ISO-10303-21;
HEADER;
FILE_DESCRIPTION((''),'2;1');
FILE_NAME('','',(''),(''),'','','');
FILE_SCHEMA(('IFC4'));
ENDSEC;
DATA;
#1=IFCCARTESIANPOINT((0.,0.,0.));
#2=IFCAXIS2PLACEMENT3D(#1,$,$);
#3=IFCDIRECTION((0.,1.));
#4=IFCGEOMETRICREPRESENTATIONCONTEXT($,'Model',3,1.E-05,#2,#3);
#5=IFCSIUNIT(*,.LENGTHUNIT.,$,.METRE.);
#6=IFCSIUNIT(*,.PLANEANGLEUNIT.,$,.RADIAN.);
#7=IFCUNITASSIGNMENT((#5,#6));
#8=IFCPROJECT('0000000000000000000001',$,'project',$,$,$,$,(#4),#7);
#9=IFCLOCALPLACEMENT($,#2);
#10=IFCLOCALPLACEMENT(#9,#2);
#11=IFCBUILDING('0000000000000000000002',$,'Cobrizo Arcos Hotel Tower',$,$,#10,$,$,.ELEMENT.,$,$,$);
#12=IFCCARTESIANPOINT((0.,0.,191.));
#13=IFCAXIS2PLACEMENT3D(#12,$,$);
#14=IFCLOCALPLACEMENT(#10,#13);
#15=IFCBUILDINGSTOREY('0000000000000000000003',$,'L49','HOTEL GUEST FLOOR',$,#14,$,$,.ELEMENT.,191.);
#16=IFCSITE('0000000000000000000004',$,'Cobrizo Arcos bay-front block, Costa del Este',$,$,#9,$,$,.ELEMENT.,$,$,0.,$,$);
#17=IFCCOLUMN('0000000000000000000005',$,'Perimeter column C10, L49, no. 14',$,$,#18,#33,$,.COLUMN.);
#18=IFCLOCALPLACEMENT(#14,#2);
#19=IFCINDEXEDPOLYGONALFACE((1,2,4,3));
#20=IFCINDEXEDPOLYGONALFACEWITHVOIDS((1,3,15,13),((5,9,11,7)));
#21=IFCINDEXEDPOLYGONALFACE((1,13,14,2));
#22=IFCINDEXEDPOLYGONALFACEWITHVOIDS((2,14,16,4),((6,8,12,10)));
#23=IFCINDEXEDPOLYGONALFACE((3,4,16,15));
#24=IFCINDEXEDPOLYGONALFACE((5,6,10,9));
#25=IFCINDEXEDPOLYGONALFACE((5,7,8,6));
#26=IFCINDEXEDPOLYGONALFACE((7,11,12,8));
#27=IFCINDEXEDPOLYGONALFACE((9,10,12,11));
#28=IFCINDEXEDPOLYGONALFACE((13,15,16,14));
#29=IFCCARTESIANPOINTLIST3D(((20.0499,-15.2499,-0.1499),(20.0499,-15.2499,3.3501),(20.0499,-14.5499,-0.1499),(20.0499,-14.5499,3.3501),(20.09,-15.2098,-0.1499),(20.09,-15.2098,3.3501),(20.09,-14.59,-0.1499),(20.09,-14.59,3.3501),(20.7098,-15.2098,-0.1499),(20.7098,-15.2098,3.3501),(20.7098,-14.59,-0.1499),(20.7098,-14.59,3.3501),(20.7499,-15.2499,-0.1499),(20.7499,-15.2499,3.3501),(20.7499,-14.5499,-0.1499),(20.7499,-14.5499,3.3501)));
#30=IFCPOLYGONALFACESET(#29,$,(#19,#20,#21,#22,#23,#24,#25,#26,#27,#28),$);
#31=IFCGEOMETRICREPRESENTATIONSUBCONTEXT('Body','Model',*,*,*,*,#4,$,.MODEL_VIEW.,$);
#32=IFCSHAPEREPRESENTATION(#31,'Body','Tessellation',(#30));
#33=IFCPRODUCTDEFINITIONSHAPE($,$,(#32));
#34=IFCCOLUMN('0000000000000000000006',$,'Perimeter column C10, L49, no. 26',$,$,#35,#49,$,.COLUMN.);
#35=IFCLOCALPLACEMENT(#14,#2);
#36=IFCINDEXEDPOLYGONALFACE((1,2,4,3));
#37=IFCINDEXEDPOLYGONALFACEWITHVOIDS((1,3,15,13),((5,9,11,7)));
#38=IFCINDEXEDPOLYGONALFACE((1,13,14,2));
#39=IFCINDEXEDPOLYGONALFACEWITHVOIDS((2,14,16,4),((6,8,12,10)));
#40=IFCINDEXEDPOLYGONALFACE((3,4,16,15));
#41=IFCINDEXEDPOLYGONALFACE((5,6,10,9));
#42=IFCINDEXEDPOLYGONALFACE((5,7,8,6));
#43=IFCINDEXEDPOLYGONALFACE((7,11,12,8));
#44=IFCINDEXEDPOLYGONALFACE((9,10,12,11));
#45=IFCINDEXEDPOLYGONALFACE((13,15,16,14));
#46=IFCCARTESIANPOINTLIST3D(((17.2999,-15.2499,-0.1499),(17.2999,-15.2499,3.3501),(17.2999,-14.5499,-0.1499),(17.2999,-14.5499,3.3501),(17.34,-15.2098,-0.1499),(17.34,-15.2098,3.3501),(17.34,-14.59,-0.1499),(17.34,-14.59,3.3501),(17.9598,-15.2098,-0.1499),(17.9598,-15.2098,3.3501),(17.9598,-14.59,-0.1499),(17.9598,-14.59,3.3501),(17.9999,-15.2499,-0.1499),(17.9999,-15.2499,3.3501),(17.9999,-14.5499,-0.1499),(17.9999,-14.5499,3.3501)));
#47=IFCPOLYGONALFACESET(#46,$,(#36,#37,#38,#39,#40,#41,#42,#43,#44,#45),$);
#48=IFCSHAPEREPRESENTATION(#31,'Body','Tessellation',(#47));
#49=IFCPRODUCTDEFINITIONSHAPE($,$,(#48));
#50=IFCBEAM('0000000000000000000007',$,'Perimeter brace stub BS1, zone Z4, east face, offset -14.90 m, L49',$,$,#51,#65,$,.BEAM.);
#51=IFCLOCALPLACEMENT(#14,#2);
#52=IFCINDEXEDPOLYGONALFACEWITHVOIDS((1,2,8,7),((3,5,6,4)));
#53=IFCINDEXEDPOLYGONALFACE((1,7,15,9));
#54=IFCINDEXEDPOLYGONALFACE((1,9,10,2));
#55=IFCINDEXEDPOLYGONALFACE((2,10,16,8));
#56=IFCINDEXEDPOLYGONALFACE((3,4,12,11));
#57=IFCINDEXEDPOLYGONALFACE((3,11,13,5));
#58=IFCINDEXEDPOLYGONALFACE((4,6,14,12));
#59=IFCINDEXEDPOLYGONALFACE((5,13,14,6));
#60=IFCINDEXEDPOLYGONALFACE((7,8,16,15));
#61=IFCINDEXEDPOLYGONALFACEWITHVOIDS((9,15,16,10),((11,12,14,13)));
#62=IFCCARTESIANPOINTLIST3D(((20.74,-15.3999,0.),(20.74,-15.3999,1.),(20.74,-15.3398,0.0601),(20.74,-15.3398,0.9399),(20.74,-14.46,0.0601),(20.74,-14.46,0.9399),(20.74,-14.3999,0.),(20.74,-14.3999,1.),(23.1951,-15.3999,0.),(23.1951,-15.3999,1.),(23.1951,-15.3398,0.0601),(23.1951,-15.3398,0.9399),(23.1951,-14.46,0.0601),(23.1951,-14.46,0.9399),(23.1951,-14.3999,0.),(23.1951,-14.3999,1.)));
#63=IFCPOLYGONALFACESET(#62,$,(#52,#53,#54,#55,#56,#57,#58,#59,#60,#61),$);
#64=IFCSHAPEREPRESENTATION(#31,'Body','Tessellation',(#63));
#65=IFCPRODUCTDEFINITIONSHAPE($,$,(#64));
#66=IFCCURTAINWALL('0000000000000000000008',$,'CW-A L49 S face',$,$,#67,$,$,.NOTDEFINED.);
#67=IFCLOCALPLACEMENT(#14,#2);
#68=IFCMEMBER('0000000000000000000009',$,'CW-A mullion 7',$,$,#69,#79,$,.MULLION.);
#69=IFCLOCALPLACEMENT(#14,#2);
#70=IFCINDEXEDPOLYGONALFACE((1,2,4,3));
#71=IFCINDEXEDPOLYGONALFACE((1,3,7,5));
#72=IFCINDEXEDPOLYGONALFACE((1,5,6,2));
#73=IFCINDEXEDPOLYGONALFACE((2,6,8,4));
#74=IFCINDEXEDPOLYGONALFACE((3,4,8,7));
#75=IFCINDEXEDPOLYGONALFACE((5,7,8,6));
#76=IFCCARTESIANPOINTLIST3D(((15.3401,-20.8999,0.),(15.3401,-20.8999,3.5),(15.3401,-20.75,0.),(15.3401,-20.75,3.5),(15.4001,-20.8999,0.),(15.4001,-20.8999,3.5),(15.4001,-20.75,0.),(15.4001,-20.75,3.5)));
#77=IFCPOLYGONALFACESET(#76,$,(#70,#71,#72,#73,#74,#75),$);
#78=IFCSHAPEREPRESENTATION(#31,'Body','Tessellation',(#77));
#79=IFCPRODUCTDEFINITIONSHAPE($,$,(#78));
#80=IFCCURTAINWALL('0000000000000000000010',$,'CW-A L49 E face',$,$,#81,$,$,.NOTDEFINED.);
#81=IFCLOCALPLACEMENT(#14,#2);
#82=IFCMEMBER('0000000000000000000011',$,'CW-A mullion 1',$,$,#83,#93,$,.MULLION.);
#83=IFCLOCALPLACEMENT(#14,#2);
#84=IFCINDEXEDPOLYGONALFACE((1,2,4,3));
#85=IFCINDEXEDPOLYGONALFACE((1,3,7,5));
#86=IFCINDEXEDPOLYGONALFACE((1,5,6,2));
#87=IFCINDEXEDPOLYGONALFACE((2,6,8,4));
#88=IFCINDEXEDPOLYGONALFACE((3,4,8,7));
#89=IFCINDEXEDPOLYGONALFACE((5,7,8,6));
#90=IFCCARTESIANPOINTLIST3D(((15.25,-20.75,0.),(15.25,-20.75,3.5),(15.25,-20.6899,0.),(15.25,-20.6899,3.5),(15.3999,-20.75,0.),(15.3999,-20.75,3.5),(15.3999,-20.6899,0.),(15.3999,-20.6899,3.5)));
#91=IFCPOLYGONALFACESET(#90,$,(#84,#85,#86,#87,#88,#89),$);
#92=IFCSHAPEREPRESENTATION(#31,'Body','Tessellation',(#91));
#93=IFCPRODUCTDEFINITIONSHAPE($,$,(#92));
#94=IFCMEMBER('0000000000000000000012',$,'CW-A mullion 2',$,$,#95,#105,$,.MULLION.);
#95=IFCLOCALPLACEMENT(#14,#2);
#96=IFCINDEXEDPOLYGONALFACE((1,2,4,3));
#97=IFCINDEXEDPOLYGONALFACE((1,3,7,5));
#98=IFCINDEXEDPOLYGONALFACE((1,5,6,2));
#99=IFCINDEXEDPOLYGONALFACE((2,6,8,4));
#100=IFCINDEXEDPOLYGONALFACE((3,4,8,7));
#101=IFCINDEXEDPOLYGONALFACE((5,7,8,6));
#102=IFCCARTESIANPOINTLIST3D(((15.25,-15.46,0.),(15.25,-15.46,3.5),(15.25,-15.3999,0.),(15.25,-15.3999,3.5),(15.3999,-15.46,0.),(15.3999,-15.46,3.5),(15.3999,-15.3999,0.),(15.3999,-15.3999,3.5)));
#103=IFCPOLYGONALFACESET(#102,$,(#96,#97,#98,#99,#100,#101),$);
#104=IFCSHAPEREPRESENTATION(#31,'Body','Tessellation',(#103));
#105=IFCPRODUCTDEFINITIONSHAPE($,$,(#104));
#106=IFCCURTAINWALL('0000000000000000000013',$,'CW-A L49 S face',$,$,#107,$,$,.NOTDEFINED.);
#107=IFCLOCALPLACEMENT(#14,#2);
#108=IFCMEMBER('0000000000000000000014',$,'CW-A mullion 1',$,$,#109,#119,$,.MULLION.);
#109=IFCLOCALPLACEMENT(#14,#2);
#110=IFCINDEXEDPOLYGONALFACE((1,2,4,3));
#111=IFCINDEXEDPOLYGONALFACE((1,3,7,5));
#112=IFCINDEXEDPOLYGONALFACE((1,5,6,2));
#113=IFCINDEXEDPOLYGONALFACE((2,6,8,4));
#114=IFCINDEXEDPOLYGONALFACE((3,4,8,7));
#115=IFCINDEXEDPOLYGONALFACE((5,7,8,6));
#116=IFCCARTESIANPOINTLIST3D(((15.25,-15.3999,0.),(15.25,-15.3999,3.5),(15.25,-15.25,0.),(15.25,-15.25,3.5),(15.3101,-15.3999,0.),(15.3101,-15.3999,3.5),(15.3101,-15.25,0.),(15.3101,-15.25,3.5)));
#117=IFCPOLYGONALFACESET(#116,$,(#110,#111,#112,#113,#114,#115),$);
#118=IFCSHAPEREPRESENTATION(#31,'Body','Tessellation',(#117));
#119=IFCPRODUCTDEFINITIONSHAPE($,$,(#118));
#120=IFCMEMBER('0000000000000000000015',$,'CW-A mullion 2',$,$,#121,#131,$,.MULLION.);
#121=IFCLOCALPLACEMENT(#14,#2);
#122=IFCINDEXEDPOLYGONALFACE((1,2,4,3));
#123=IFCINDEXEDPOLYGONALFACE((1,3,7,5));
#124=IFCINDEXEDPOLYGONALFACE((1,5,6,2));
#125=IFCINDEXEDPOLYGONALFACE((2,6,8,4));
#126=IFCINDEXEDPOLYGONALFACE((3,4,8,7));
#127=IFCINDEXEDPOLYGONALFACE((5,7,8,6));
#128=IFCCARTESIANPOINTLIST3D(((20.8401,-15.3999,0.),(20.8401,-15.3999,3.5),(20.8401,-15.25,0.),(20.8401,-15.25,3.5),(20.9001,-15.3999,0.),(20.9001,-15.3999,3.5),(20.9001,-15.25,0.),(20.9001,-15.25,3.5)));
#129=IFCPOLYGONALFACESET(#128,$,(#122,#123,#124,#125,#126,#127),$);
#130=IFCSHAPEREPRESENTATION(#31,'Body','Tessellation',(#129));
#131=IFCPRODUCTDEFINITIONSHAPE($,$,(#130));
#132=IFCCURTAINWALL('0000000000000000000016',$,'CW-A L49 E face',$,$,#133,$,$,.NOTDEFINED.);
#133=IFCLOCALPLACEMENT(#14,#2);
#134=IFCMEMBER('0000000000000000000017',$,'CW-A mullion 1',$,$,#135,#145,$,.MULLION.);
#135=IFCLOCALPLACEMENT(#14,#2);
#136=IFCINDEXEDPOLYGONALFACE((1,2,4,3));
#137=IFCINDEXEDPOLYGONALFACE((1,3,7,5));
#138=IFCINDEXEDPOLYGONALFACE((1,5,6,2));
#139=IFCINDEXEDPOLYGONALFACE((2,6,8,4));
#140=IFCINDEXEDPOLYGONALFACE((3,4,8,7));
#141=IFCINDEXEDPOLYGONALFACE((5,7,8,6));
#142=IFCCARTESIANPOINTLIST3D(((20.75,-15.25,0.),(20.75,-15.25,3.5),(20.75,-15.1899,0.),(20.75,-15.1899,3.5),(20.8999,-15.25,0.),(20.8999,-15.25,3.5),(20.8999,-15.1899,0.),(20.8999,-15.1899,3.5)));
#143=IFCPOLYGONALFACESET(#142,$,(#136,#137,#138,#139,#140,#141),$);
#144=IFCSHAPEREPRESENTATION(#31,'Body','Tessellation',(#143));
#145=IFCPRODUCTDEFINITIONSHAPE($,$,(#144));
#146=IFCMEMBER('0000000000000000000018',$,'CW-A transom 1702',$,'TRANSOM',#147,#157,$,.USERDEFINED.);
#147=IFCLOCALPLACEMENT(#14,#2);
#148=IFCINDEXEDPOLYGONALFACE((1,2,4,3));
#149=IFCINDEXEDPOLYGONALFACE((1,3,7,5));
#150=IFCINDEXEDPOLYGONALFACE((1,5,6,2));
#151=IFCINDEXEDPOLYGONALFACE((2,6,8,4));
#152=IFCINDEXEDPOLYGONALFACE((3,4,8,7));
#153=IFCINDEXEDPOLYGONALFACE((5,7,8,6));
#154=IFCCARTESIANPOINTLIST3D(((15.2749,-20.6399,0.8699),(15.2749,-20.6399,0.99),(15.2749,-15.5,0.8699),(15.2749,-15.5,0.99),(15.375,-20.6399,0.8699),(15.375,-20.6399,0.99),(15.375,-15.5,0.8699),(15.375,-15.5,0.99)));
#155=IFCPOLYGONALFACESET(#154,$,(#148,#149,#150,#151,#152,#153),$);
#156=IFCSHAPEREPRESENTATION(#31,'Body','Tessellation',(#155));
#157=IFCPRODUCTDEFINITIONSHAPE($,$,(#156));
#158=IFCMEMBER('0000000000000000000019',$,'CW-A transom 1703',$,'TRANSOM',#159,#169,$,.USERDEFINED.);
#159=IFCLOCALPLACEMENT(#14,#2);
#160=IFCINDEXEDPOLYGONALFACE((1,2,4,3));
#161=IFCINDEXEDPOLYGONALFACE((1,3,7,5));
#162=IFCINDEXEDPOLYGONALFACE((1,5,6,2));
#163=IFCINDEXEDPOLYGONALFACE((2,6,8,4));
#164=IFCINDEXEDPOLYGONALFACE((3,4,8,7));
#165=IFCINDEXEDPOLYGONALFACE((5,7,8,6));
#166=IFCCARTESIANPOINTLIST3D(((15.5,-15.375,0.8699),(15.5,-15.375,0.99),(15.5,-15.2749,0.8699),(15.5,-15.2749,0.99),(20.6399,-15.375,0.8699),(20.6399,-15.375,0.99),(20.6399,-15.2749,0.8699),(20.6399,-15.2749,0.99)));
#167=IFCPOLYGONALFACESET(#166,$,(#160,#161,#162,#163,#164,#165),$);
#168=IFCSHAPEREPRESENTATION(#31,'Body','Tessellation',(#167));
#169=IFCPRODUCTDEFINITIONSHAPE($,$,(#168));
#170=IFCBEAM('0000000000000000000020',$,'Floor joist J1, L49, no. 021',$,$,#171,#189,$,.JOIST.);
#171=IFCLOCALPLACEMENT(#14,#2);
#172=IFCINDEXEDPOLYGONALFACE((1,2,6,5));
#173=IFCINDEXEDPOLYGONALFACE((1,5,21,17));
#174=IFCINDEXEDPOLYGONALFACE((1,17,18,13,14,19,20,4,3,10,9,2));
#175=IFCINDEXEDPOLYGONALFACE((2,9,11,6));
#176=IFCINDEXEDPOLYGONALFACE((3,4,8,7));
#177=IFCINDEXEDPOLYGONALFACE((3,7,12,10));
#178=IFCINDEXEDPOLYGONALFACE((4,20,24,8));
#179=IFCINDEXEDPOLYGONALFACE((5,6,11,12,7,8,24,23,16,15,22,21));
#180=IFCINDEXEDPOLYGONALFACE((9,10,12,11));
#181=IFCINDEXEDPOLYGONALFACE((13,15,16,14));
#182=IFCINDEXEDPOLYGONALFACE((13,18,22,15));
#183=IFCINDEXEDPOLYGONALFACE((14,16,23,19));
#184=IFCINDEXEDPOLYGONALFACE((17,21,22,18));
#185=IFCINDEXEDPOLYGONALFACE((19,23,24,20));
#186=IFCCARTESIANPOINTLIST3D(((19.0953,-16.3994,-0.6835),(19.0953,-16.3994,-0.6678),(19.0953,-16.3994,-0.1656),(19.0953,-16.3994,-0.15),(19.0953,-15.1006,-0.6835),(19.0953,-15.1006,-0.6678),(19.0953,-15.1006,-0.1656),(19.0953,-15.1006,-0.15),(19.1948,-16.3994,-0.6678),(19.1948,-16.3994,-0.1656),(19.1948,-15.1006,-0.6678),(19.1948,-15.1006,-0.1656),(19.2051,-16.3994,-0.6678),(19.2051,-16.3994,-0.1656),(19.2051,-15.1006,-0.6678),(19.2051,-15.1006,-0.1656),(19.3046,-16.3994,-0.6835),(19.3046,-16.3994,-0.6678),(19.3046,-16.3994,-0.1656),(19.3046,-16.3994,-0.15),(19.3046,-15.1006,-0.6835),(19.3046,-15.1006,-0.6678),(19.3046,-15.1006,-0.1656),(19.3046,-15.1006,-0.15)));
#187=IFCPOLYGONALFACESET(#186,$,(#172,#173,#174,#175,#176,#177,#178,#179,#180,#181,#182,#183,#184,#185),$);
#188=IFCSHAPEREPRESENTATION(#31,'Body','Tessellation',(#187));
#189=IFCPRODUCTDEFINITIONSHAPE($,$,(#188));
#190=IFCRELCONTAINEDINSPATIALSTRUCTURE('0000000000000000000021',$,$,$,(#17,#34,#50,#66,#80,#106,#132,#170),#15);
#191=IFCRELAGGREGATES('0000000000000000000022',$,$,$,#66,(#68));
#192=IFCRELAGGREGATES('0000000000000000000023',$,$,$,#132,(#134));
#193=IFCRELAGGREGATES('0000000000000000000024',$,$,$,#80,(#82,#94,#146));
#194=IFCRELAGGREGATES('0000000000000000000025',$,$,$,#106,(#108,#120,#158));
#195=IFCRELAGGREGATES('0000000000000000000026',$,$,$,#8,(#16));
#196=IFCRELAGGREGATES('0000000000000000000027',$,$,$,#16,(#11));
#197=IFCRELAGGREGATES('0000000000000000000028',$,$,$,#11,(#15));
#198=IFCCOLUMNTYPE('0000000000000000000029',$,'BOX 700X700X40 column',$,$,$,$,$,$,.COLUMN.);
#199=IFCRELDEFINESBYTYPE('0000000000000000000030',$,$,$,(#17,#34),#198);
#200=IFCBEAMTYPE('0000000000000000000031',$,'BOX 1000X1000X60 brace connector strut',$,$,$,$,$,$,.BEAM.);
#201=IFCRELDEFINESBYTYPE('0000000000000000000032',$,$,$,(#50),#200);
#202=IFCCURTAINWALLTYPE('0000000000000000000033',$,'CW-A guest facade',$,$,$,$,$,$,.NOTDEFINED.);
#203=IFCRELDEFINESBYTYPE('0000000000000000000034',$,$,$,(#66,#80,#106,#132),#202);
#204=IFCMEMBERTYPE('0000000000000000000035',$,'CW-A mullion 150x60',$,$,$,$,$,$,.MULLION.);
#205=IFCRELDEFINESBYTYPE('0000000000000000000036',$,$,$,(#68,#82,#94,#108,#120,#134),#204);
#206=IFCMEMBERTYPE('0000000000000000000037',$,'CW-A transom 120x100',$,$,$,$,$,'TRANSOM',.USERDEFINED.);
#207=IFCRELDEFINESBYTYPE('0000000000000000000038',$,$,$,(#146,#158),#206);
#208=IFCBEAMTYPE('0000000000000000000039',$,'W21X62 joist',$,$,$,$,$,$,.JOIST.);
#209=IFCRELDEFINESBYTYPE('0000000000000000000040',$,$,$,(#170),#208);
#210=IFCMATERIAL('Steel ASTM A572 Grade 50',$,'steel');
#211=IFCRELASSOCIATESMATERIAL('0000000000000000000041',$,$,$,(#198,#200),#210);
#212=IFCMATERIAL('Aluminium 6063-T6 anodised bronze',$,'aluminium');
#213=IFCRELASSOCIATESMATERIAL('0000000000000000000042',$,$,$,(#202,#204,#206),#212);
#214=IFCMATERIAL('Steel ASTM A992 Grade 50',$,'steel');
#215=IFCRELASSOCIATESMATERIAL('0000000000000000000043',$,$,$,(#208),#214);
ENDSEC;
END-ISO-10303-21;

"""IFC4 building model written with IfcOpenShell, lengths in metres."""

from ifc_helpers import new_model, si_unit, direction, frame, origin, origin_2d, place, context, subcontext, project, spatial, rectangle, hollow_rectangle, i_section, extrude, material, material_profile, profile_set, type_object, element, aggregate, save


model = new_model("IFC4")

# Units and contexts
model_context = context("Model", 3, precision=1e-05, world=origin(), true_north=direction((0.0, 1.0)))
body_context = subcontext(model_context, "Body", "Model", "MODEL_VIEW")
ifc_project = project(units=[si_unit("LENGTHUNIT", "METRE"), si_unit("PLANEANGLEUNIT", "RADIAN")], contexts=[model_context])

# Site, building, storey
site_placement = place(None, origin())
site = spatial("IfcSite", under=ifc_project, at=site_placement, Name="Cobrizo Arcos bay-front block, Costa del Este", CompositionType="ELEMENT", RefElevation=0.0)
building_placement = place(site_placement, origin())
building = spatial("IfcBuilding", under=site, at=building_placement, Name="Cobrizo Arcos Hotel Tower", CompositionType="ELEMENT")
storey_placement = place(building_placement, frame((0.0, 0.0, 191.0)))
storey = spatial("IfcBuildingStorey", under=building, at=storey_placement, Name="L49", Description="HOTEL GUEST FLOOR", CompositionType="ELEMENT", Elevation=191.0)

# Columns
ifc_material_1 = material(Name="Steel ASTM A572 Grade 50", Category="steel")
ifc_material_profile_1 = material_profile(ifc_material_1, hollow_rectangle(XDim=0.7, YDim=0.7, WallThickness=0.04, at=origin_2d()), Name="BOX 700X700X40")
ifc_profile_set_1 = profile_set([ifc_material_profile_1], Name="Steel ASTM A572 Grade 50")
column_type = type_object("IfcColumnType", Name="BOX 700X700X40 column", PredefinedType="COLUMN", material=ifc_profile_set_1)
for number, where, z_axis, x_axis, name in (
    (1, (20.3999, -14.8999, -0.1499), (0.0, 0.0, 1.0), (1.0, 0.0, 0.0), "Perimeter column C10, L49, no. 14"),
    (2, (17.6499, -14.8999, -0.1499), (0.0, 0.0, 1.0), (1.0, 0.0, 0.0), "Perimeter column C10, L49, no. 26"),
):
    element("IfcColumn", number, at=place(storey_placement, frame(where, z_axis=z_axis, x_axis=x_axis)), inside=storey, type_object=column_type, Name=name, PredefinedType="COLUMN", context=body_context, shape_type="SweptSolid", body=[
        extrude(hollow_rectangle(XDim=0.7, YDim=0.7, WallThickness=0.04, at=origin_2d()), origin(), (0.0, 0.0, 1.0), 3.5),
    ])

# Beam
ifc_material_profile_2 = material_profile(ifc_material_1, hollow_rectangle(XDim=1.0, YDim=1.0, WallThickness=0.0601, at=origin_2d()), Name="BOX 1000X1000X60")
ifc_profile_set_2 = profile_set([ifc_material_profile_2], Name="Steel ASTM A572 Grade 50")
beam_type_1 = type_object("IfcBeamType", Name="BOX 1000X1000X60 brace connector strut", PredefinedType="BEAM", material=ifc_profile_set_2)
beam_1_placement = place(storey_placement, frame((20.74, -14.8999, 0.5), z_axis=(1.0, 0.0, 0.0), x_axis=(0.0, 1.0, 0.0)))
element("IfcBeam", 3, at=beam_1_placement, inside=storey, type_object=beam_type_1, Name="Perimeter brace stub BS1, zone Z4, east face, offset -14.90 m, L49", PredefinedType="BEAM", context=body_context, shape_type="SweptSolid", body=[
    extrude(hollow_rectangle(XDim=1.0, YDim=1.0, WallThickness=0.0601, at=origin_2d()), origin(), (0.0, 0.0, 1.0), 2.4551),
])

# Curtain wall, member
ifc_material_2 = material(Name="Aluminium 6063-T6 anodised bronze", Category="aluminium")
curtain_wall_type = type_object("IfcCurtainWallType", Name="CW-A guest facade", PredefinedType="NOTDEFINED", material=ifc_material_2)
curtain_wall_1_placement = place(storey_placement, origin())
curtain_wall_1 = element("IfcCurtainWall", 4, at=curtain_wall_1_placement, inside=storey, type_object=curtain_wall_type, Name="CW-A L49 S face", PredefinedType="NOTDEFINED")
ifc_material_profile_3 = material_profile(ifc_material_2, rectangle(XDim=0.1499, YDim=0.0601, at=origin_2d()), Name="CW-A mullion 150x60")
ifc_profile_set_3 = profile_set([ifc_material_profile_3], Name="Aluminium 6063-T6 anodised bronze")
member_type_1 = type_object("IfcMemberType", Name="CW-A mullion 150x60", PredefinedType="MULLION", material=ifc_profile_set_3)
member_1_placement = place(storey_placement, frame((15.3701, -20.825, 0.0), z_axis=(0.0, 0.0, 1.0), x_axis=(0.0, -1.0, 0.0)))
member_1 = element("IfcMember", 5, at=member_1_placement, type_object=member_type_1, Name="CW-A mullion 7", PredefinedType="MULLION", context=body_context, shape_type="SweptSolid", body=[
    extrude(rectangle(XDim=0.1499, YDim=0.0601, at=origin_2d()), origin(), (0.0, 0.0, 1.0), 3.5),
])
aggregate(curtain_wall_1, [member_1])

# Curtain walls, members
curtain_wall_2_placement = place(storey_placement, origin())
curtain_wall_2 = element("IfcCurtainWall", 6, at=curtain_wall_2_placement, inside=storey, type_object=curtain_wall_type, Name="CW-A L49 E face", PredefinedType="NOTDEFINED")
member_2_placement = place(storey_placement, frame((15.325, -20.72, 0.0), z_axis=(0.0, 0.0, 1.0), x_axis=(1.0, 0.0, 0.0)))
member_2 = element("IfcMember", 7, at=member_2_placement, type_object=member_type_1, Name="CW-A mullion 1", PredefinedType="MULLION", context=body_context, shape_type="SweptSolid", body=[
    extrude(rectangle(XDim=0.1499, YDim=0.0601, at=origin_2d()), origin(), (0.0, 0.0, 1.0), 3.5),
])
member_3_placement = place(storey_placement, frame((15.325, -15.4299, 0.0), z_axis=(0.0, 0.0, 1.0), x_axis=(1.0, 0.0, 0.0)))
member_3 = element("IfcMember", 8, at=member_3_placement, type_object=member_type_1, Name="CW-A mullion 2", PredefinedType="MULLION", context=body_context, shape_type="SweptSolid", body=[
    extrude(rectangle(XDim=0.1499, YDim=0.0601, at=origin_2d()), origin(), (0.0, 0.0, 1.0), 3.5),
])
curtain_wall_3_placement = place(storey_placement, origin())
curtain_wall_3 = element("IfcCurtainWall", 9, at=curtain_wall_3_placement, inside=storey, type_object=curtain_wall_type, Name="CW-A L49 S face", PredefinedType="NOTDEFINED")
member_4_placement = place(storey_placement, frame((15.28, -15.325, 0.0), z_axis=(0.0, 0.0, 1.0), x_axis=(0.0, -1.0, 0.0)))
member_4 = element("IfcMember", 10, at=member_4_placement, type_object=member_type_1, Name="CW-A mullion 1", PredefinedType="MULLION", context=body_context, shape_type="SweptSolid", body=[
    extrude(rectangle(XDim=0.1499, YDim=0.0601, at=origin_2d()), origin(), (0.0, 0.0, 1.0), 3.5),
])
member_5_placement = place(storey_placement, frame((20.8701, -15.325, 0.0), z_axis=(0.0, 0.0, 1.0), x_axis=(0.0, -1.0, 0.0)))
member_5 = element("IfcMember", 11, at=member_5_placement, type_object=member_type_1, Name="CW-A mullion 2", PredefinedType="MULLION", context=body_context, shape_type="SweptSolid", body=[
    extrude(rectangle(XDim=0.1499, YDim=0.0601, at=origin_2d()), origin(), (0.0, 0.0, 1.0), 3.5),
])

# Curtain wall, member
curtain_wall_4_placement = place(storey_placement, origin())
curtain_wall_4 = element("IfcCurtainWall", 12, at=curtain_wall_4_placement, inside=storey, type_object=curtain_wall_type, Name="CW-A L49 E face", PredefinedType="NOTDEFINED")
member_6_placement = place(storey_placement, frame((20.825, -15.22, 0.0), z_axis=(0.0, 0.0, 1.0), x_axis=(1.0, 0.0, 0.0)))
member_6 = element("IfcMember", 13, at=member_6_placement, type_object=member_type_1, Name="CW-A mullion 1", PredefinedType="MULLION", context=body_context, shape_type="SweptSolid", body=[
    extrude(rectangle(XDim=0.1499, YDim=0.0601, at=origin_2d()), origin(), (0.0, 0.0, 1.0), 3.5),
])
aggregate(curtain_wall_4, [member_6])

# Members
ifc_material_profile_4 = material_profile(ifc_material_2, rectangle(XDim=0.1001, YDim=0.1201, at=origin_2d()), Name="CW-A transom 120x100")
ifc_profile_set_4 = profile_set([ifc_material_profile_4], Name="Aluminium 6063-T6 anodised bronze")
member_type_2 = type_object("IfcMemberType", Name="CW-A transom 120x100", ElementType="TRANSOM", PredefinedType="USERDEFINED", material=ifc_profile_set_4)
member_7_placement = place(storey_placement, frame((15.325, -20.6399, 0.9299), z_axis=(0.0, 1.0, 0.0), x_axis=(-1.0, 0.0, 0.0)))
member_7 = element("IfcMember", 14, at=member_7_placement, type_object=member_type_2, Name="CW-A transom 1702", ObjectType="TRANSOM", PredefinedType="USERDEFINED", context=body_context, shape_type="SweptSolid", body=[
    extrude(rectangle(XDim=0.1001, YDim=0.1201, at=origin_2d()), origin(), (0.0, 0.0, 1.0), 5.1399),
])
member_8_placement = place(storey_placement, frame((15.5, -15.325, 0.9299), z_axis=(1.0, 0.0, 0.0), x_axis=(0.0, 1.0, 0.0)))
member_8 = element("IfcMember", 15, at=member_8_placement, type_object=member_type_2, Name="CW-A transom 1703", ObjectType="TRANSOM", PredefinedType="USERDEFINED", context=body_context, shape_type="SweptSolid", body=[
    extrude(rectangle(XDim=0.1001, YDim=0.1201, at=origin_2d()), origin(), (0.0, 0.0, 1.0), 5.1399),
])

# Beam
ifc_material_3 = material(Name="Steel ASTM A992 Grade 50", Category="steel")
ifc_material_profile_5 = material_profile(ifc_material_3, i_section(OverallWidth=0.2092, OverallDepth=0.5334, WebThickness=0.0103, FlangeThickness=0.0156, at=origin_2d()), Name="W21X62")
ifc_profile_set_5 = profile_set([ifc_material_profile_5], Name="Steel ASTM A992 Grade 50")
beam_type_2 = type_object("IfcBeamType", Name="W21X62 joist", PredefinedType="JOIST", material=ifc_profile_set_5)
beam_2_placement = place(storey_placement, frame((19.2, -16.3994, -0.4167), z_axis=(0.0, 1.0, 0.0), x_axis=(-1.0, 0.0, 0.0)))
element("IfcBeam", 16, at=beam_2_placement, inside=storey, type_object=beam_type_2, Name="Floor joist J1, L49, no. 021", PredefinedType="JOIST", context=body_context, shape_type="SweptSolid", body=[
    extrude(i_section(OverallWidth=0.2092, OverallDepth=0.5334, WebThickness=0.0103, FlangeThickness=0.0156, at=origin_2d()), origin(), (0.0, 0.0, 1.0), 1.2988),
])

aggregate(curtain_wall_2, [member_2, member_3, member_7])
aggregate(curtain_wall_3, [member_4, member_5, member_8])

save(model, "model.ifc")
